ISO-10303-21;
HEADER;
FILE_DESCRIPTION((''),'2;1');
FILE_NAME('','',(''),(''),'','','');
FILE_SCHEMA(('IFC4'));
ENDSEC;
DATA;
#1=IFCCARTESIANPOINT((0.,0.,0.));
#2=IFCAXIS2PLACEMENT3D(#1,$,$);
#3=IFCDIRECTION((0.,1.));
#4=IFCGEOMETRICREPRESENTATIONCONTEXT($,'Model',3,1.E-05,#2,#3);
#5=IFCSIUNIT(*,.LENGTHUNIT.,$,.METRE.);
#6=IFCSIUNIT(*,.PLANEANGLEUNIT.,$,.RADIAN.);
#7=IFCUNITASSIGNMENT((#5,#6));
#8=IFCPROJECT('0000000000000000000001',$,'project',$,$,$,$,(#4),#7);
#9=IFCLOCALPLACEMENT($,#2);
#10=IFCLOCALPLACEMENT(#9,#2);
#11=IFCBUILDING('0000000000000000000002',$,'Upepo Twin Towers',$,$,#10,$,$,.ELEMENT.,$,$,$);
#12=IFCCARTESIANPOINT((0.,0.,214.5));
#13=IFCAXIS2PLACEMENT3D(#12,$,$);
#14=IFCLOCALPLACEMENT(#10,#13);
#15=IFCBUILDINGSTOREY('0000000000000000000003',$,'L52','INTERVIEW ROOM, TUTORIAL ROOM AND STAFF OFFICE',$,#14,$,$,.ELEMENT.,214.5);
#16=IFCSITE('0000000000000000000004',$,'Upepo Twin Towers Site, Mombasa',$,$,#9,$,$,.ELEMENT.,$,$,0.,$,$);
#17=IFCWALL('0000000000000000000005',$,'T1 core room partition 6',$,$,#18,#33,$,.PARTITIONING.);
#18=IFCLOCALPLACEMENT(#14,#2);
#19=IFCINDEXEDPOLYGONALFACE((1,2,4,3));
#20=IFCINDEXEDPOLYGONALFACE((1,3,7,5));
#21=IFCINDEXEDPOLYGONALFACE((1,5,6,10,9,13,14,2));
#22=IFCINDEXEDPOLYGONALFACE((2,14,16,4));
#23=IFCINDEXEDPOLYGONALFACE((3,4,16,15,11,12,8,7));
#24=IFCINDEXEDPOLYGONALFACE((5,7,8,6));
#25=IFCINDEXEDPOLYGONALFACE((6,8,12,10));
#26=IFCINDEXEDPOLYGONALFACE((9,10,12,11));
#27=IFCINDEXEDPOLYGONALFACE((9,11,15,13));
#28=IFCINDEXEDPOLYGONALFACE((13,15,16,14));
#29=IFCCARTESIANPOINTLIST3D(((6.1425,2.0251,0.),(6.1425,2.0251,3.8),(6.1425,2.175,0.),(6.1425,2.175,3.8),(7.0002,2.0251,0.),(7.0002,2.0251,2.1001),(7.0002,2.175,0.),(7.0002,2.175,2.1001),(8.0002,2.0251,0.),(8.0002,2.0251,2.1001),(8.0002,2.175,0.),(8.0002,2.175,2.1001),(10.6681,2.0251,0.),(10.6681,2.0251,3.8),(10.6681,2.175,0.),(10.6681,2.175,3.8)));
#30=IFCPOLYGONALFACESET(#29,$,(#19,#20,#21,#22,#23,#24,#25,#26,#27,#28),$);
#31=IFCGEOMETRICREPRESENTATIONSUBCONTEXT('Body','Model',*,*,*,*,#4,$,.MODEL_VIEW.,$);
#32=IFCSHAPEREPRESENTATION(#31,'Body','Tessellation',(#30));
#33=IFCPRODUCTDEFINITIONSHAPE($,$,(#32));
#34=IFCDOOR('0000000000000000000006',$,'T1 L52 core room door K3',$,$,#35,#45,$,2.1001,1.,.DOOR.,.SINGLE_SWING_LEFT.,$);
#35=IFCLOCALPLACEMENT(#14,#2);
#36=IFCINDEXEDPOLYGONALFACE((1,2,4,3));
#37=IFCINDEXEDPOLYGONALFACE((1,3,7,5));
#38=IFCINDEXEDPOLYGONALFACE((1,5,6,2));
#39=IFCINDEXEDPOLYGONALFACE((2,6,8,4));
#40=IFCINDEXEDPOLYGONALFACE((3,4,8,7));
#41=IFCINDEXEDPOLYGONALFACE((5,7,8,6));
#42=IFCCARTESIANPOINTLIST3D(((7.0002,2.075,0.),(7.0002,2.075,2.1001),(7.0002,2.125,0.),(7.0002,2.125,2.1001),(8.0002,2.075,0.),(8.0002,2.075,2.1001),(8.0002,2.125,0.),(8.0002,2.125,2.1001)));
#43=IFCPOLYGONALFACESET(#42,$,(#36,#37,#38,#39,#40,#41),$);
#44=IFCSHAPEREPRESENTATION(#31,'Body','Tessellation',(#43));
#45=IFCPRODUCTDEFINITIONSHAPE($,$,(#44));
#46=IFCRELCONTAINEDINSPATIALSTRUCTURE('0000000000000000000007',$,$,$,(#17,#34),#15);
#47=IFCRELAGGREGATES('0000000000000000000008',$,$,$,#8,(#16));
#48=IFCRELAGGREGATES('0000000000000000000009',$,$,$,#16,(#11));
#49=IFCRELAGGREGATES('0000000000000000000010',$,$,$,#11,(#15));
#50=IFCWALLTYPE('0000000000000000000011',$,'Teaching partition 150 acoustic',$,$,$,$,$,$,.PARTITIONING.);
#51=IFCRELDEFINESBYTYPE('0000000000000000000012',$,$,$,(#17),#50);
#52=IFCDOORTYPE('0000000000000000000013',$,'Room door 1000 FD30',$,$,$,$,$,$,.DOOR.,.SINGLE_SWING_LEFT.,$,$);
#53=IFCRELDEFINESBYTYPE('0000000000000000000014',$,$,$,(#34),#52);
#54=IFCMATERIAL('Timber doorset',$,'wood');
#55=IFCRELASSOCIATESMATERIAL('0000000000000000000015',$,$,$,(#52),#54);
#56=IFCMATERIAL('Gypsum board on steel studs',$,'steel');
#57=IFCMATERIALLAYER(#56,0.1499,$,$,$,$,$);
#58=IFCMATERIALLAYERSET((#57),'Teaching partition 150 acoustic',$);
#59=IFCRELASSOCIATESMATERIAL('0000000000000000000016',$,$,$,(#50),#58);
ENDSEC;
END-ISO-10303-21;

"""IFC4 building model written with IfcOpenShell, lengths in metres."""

from ifc_helpers import new_model, si_unit, direction, frame, frame_2d, origin, place, context, subcontext, project, spatial, rectangle, extrude, material, layer, layer_set, type_object, element, fill, save


model = new_model("IFC4")

# Units and contexts
model_context = context("Model", 3, precision=1e-05, world=origin(), true_north=direction((0.0, 1.0)))
body_context = subcontext(model_context, "Body", "Model", "MODEL_VIEW")
ifc_project = project(units=[si_unit("LENGTHUNIT", "METRE"), si_unit("PLANEANGLEUNIT", "RADIAN")], contexts=[model_context])

# Site, building, storey
site_placement = place(None, origin())
site = spatial("IfcSite", under=ifc_project, at=site_placement, Name="Upepo Twin Towers Site, Mombasa", CompositionType="ELEMENT", RefElevation=0.0)
building_placement = place(site_placement, origin())
building = spatial("IfcBuilding", under=site, at=building_placement, Name="Upepo Twin Towers", CompositionType="ELEMENT")
storey_placement = place(building_placement, frame((0.0, 0.0, 214.5)))
storey = spatial("IfcBuildingStorey", under=building, at=storey_placement, Name="L52", Description="INTERVIEW ROOM, TUTORIAL ROOM AND STAFF OFFICE", CompositionType="ELEMENT", Elevation=214.5)

# Shared definitions
ifc_material_1 = material(Name="Timber doorset", Category="wood")
door_type_1 = type_object("IfcDoorType", Name="Room door 1000 FD30", OperationType="SINGLE_SWING_LEFT", PredefinedType="DOOR", material=ifc_material_1)

# Shared definitions
ifc_material_2 = material(Name="Gypsum board on steel studs", Category="steel")
ifc_layer_1 = layer(ifc_material_2, 0.1499)
ifc_layer_set_1 = layer_set([ifc_layer_1], Name="Teaching partition 150 acoustic")
wall_type_1 = type_object("IfcWallType", Name="Teaching partition 150 acoustic", PredefinedType="PARTITIONING", material=ifc_layer_set_1)

# Wall, opening, door
wall_1_placement = place(storey_placement, frame((6.1426, 2.1001, 0.0), z_axis=(0.0, 0.0, 1.0), x_axis=(1.0, 0.0, 0.0)))
wall_1 = element("IfcWall", 1, at=wall_1_placement, inside=storey, type_object=wall_type_1, Name="T1 core room partition 6", PredefinedType="PARTITIONING", context=body_context, shape_type="SweptSolid", body=[
    extrude(rectangle(XDim=4.5256, YDim=0.1499, at=frame_2d((2.2627, 0.0))), origin(), (0.0, 0.0, 1.0), 3.8),
])
opening_1_placement = place(wall_1_placement, frame((0.8577, 0.0, 0.0)))
opening_1 = element("IfcOpeningElement", 2, at=opening_1_placement, cuts=wall_1, PredefinedType="OPENING", context=body_context, shape_type="SweptSolid", body=[
    extrude(rectangle(XDim=1.0, YDim=2.1001, at=frame_2d((0.5, 1.05))), frame((0.0, 0.085, 0.0), z_axis=(0.0, -1.0, 0.0), x_axis=(1.0, 0.0, 0.0)), (0.0, 0.0, 1.0), 0.1699),
])
door_1_placement = place(opening_1_placement, origin())
door_1 = element("IfcDoor", 3, at=door_1_placement, inside=storey, type_object=door_type_1, Name="T1 L52 core room door K3", OperationType="SINGLE_SWING_LEFT", OverallHeight=2.1001, OverallWidth=1.0, PredefinedType="DOOR", context=body_context, shape_type="SweptSolid", body=[
    extrude(rectangle(XDim=1.0, YDim=2.1001, at=frame_2d((0.5, 1.05))), frame((0.0, 0.0249, 0.0), z_axis=(0.0, -1.0, 0.0), x_axis=(1.0, 0.0, 0.0)), (0.0, 0.0, 1.0), 0.05),
])
fill(opening_1, door_1)

save(model, "model.ifc")
